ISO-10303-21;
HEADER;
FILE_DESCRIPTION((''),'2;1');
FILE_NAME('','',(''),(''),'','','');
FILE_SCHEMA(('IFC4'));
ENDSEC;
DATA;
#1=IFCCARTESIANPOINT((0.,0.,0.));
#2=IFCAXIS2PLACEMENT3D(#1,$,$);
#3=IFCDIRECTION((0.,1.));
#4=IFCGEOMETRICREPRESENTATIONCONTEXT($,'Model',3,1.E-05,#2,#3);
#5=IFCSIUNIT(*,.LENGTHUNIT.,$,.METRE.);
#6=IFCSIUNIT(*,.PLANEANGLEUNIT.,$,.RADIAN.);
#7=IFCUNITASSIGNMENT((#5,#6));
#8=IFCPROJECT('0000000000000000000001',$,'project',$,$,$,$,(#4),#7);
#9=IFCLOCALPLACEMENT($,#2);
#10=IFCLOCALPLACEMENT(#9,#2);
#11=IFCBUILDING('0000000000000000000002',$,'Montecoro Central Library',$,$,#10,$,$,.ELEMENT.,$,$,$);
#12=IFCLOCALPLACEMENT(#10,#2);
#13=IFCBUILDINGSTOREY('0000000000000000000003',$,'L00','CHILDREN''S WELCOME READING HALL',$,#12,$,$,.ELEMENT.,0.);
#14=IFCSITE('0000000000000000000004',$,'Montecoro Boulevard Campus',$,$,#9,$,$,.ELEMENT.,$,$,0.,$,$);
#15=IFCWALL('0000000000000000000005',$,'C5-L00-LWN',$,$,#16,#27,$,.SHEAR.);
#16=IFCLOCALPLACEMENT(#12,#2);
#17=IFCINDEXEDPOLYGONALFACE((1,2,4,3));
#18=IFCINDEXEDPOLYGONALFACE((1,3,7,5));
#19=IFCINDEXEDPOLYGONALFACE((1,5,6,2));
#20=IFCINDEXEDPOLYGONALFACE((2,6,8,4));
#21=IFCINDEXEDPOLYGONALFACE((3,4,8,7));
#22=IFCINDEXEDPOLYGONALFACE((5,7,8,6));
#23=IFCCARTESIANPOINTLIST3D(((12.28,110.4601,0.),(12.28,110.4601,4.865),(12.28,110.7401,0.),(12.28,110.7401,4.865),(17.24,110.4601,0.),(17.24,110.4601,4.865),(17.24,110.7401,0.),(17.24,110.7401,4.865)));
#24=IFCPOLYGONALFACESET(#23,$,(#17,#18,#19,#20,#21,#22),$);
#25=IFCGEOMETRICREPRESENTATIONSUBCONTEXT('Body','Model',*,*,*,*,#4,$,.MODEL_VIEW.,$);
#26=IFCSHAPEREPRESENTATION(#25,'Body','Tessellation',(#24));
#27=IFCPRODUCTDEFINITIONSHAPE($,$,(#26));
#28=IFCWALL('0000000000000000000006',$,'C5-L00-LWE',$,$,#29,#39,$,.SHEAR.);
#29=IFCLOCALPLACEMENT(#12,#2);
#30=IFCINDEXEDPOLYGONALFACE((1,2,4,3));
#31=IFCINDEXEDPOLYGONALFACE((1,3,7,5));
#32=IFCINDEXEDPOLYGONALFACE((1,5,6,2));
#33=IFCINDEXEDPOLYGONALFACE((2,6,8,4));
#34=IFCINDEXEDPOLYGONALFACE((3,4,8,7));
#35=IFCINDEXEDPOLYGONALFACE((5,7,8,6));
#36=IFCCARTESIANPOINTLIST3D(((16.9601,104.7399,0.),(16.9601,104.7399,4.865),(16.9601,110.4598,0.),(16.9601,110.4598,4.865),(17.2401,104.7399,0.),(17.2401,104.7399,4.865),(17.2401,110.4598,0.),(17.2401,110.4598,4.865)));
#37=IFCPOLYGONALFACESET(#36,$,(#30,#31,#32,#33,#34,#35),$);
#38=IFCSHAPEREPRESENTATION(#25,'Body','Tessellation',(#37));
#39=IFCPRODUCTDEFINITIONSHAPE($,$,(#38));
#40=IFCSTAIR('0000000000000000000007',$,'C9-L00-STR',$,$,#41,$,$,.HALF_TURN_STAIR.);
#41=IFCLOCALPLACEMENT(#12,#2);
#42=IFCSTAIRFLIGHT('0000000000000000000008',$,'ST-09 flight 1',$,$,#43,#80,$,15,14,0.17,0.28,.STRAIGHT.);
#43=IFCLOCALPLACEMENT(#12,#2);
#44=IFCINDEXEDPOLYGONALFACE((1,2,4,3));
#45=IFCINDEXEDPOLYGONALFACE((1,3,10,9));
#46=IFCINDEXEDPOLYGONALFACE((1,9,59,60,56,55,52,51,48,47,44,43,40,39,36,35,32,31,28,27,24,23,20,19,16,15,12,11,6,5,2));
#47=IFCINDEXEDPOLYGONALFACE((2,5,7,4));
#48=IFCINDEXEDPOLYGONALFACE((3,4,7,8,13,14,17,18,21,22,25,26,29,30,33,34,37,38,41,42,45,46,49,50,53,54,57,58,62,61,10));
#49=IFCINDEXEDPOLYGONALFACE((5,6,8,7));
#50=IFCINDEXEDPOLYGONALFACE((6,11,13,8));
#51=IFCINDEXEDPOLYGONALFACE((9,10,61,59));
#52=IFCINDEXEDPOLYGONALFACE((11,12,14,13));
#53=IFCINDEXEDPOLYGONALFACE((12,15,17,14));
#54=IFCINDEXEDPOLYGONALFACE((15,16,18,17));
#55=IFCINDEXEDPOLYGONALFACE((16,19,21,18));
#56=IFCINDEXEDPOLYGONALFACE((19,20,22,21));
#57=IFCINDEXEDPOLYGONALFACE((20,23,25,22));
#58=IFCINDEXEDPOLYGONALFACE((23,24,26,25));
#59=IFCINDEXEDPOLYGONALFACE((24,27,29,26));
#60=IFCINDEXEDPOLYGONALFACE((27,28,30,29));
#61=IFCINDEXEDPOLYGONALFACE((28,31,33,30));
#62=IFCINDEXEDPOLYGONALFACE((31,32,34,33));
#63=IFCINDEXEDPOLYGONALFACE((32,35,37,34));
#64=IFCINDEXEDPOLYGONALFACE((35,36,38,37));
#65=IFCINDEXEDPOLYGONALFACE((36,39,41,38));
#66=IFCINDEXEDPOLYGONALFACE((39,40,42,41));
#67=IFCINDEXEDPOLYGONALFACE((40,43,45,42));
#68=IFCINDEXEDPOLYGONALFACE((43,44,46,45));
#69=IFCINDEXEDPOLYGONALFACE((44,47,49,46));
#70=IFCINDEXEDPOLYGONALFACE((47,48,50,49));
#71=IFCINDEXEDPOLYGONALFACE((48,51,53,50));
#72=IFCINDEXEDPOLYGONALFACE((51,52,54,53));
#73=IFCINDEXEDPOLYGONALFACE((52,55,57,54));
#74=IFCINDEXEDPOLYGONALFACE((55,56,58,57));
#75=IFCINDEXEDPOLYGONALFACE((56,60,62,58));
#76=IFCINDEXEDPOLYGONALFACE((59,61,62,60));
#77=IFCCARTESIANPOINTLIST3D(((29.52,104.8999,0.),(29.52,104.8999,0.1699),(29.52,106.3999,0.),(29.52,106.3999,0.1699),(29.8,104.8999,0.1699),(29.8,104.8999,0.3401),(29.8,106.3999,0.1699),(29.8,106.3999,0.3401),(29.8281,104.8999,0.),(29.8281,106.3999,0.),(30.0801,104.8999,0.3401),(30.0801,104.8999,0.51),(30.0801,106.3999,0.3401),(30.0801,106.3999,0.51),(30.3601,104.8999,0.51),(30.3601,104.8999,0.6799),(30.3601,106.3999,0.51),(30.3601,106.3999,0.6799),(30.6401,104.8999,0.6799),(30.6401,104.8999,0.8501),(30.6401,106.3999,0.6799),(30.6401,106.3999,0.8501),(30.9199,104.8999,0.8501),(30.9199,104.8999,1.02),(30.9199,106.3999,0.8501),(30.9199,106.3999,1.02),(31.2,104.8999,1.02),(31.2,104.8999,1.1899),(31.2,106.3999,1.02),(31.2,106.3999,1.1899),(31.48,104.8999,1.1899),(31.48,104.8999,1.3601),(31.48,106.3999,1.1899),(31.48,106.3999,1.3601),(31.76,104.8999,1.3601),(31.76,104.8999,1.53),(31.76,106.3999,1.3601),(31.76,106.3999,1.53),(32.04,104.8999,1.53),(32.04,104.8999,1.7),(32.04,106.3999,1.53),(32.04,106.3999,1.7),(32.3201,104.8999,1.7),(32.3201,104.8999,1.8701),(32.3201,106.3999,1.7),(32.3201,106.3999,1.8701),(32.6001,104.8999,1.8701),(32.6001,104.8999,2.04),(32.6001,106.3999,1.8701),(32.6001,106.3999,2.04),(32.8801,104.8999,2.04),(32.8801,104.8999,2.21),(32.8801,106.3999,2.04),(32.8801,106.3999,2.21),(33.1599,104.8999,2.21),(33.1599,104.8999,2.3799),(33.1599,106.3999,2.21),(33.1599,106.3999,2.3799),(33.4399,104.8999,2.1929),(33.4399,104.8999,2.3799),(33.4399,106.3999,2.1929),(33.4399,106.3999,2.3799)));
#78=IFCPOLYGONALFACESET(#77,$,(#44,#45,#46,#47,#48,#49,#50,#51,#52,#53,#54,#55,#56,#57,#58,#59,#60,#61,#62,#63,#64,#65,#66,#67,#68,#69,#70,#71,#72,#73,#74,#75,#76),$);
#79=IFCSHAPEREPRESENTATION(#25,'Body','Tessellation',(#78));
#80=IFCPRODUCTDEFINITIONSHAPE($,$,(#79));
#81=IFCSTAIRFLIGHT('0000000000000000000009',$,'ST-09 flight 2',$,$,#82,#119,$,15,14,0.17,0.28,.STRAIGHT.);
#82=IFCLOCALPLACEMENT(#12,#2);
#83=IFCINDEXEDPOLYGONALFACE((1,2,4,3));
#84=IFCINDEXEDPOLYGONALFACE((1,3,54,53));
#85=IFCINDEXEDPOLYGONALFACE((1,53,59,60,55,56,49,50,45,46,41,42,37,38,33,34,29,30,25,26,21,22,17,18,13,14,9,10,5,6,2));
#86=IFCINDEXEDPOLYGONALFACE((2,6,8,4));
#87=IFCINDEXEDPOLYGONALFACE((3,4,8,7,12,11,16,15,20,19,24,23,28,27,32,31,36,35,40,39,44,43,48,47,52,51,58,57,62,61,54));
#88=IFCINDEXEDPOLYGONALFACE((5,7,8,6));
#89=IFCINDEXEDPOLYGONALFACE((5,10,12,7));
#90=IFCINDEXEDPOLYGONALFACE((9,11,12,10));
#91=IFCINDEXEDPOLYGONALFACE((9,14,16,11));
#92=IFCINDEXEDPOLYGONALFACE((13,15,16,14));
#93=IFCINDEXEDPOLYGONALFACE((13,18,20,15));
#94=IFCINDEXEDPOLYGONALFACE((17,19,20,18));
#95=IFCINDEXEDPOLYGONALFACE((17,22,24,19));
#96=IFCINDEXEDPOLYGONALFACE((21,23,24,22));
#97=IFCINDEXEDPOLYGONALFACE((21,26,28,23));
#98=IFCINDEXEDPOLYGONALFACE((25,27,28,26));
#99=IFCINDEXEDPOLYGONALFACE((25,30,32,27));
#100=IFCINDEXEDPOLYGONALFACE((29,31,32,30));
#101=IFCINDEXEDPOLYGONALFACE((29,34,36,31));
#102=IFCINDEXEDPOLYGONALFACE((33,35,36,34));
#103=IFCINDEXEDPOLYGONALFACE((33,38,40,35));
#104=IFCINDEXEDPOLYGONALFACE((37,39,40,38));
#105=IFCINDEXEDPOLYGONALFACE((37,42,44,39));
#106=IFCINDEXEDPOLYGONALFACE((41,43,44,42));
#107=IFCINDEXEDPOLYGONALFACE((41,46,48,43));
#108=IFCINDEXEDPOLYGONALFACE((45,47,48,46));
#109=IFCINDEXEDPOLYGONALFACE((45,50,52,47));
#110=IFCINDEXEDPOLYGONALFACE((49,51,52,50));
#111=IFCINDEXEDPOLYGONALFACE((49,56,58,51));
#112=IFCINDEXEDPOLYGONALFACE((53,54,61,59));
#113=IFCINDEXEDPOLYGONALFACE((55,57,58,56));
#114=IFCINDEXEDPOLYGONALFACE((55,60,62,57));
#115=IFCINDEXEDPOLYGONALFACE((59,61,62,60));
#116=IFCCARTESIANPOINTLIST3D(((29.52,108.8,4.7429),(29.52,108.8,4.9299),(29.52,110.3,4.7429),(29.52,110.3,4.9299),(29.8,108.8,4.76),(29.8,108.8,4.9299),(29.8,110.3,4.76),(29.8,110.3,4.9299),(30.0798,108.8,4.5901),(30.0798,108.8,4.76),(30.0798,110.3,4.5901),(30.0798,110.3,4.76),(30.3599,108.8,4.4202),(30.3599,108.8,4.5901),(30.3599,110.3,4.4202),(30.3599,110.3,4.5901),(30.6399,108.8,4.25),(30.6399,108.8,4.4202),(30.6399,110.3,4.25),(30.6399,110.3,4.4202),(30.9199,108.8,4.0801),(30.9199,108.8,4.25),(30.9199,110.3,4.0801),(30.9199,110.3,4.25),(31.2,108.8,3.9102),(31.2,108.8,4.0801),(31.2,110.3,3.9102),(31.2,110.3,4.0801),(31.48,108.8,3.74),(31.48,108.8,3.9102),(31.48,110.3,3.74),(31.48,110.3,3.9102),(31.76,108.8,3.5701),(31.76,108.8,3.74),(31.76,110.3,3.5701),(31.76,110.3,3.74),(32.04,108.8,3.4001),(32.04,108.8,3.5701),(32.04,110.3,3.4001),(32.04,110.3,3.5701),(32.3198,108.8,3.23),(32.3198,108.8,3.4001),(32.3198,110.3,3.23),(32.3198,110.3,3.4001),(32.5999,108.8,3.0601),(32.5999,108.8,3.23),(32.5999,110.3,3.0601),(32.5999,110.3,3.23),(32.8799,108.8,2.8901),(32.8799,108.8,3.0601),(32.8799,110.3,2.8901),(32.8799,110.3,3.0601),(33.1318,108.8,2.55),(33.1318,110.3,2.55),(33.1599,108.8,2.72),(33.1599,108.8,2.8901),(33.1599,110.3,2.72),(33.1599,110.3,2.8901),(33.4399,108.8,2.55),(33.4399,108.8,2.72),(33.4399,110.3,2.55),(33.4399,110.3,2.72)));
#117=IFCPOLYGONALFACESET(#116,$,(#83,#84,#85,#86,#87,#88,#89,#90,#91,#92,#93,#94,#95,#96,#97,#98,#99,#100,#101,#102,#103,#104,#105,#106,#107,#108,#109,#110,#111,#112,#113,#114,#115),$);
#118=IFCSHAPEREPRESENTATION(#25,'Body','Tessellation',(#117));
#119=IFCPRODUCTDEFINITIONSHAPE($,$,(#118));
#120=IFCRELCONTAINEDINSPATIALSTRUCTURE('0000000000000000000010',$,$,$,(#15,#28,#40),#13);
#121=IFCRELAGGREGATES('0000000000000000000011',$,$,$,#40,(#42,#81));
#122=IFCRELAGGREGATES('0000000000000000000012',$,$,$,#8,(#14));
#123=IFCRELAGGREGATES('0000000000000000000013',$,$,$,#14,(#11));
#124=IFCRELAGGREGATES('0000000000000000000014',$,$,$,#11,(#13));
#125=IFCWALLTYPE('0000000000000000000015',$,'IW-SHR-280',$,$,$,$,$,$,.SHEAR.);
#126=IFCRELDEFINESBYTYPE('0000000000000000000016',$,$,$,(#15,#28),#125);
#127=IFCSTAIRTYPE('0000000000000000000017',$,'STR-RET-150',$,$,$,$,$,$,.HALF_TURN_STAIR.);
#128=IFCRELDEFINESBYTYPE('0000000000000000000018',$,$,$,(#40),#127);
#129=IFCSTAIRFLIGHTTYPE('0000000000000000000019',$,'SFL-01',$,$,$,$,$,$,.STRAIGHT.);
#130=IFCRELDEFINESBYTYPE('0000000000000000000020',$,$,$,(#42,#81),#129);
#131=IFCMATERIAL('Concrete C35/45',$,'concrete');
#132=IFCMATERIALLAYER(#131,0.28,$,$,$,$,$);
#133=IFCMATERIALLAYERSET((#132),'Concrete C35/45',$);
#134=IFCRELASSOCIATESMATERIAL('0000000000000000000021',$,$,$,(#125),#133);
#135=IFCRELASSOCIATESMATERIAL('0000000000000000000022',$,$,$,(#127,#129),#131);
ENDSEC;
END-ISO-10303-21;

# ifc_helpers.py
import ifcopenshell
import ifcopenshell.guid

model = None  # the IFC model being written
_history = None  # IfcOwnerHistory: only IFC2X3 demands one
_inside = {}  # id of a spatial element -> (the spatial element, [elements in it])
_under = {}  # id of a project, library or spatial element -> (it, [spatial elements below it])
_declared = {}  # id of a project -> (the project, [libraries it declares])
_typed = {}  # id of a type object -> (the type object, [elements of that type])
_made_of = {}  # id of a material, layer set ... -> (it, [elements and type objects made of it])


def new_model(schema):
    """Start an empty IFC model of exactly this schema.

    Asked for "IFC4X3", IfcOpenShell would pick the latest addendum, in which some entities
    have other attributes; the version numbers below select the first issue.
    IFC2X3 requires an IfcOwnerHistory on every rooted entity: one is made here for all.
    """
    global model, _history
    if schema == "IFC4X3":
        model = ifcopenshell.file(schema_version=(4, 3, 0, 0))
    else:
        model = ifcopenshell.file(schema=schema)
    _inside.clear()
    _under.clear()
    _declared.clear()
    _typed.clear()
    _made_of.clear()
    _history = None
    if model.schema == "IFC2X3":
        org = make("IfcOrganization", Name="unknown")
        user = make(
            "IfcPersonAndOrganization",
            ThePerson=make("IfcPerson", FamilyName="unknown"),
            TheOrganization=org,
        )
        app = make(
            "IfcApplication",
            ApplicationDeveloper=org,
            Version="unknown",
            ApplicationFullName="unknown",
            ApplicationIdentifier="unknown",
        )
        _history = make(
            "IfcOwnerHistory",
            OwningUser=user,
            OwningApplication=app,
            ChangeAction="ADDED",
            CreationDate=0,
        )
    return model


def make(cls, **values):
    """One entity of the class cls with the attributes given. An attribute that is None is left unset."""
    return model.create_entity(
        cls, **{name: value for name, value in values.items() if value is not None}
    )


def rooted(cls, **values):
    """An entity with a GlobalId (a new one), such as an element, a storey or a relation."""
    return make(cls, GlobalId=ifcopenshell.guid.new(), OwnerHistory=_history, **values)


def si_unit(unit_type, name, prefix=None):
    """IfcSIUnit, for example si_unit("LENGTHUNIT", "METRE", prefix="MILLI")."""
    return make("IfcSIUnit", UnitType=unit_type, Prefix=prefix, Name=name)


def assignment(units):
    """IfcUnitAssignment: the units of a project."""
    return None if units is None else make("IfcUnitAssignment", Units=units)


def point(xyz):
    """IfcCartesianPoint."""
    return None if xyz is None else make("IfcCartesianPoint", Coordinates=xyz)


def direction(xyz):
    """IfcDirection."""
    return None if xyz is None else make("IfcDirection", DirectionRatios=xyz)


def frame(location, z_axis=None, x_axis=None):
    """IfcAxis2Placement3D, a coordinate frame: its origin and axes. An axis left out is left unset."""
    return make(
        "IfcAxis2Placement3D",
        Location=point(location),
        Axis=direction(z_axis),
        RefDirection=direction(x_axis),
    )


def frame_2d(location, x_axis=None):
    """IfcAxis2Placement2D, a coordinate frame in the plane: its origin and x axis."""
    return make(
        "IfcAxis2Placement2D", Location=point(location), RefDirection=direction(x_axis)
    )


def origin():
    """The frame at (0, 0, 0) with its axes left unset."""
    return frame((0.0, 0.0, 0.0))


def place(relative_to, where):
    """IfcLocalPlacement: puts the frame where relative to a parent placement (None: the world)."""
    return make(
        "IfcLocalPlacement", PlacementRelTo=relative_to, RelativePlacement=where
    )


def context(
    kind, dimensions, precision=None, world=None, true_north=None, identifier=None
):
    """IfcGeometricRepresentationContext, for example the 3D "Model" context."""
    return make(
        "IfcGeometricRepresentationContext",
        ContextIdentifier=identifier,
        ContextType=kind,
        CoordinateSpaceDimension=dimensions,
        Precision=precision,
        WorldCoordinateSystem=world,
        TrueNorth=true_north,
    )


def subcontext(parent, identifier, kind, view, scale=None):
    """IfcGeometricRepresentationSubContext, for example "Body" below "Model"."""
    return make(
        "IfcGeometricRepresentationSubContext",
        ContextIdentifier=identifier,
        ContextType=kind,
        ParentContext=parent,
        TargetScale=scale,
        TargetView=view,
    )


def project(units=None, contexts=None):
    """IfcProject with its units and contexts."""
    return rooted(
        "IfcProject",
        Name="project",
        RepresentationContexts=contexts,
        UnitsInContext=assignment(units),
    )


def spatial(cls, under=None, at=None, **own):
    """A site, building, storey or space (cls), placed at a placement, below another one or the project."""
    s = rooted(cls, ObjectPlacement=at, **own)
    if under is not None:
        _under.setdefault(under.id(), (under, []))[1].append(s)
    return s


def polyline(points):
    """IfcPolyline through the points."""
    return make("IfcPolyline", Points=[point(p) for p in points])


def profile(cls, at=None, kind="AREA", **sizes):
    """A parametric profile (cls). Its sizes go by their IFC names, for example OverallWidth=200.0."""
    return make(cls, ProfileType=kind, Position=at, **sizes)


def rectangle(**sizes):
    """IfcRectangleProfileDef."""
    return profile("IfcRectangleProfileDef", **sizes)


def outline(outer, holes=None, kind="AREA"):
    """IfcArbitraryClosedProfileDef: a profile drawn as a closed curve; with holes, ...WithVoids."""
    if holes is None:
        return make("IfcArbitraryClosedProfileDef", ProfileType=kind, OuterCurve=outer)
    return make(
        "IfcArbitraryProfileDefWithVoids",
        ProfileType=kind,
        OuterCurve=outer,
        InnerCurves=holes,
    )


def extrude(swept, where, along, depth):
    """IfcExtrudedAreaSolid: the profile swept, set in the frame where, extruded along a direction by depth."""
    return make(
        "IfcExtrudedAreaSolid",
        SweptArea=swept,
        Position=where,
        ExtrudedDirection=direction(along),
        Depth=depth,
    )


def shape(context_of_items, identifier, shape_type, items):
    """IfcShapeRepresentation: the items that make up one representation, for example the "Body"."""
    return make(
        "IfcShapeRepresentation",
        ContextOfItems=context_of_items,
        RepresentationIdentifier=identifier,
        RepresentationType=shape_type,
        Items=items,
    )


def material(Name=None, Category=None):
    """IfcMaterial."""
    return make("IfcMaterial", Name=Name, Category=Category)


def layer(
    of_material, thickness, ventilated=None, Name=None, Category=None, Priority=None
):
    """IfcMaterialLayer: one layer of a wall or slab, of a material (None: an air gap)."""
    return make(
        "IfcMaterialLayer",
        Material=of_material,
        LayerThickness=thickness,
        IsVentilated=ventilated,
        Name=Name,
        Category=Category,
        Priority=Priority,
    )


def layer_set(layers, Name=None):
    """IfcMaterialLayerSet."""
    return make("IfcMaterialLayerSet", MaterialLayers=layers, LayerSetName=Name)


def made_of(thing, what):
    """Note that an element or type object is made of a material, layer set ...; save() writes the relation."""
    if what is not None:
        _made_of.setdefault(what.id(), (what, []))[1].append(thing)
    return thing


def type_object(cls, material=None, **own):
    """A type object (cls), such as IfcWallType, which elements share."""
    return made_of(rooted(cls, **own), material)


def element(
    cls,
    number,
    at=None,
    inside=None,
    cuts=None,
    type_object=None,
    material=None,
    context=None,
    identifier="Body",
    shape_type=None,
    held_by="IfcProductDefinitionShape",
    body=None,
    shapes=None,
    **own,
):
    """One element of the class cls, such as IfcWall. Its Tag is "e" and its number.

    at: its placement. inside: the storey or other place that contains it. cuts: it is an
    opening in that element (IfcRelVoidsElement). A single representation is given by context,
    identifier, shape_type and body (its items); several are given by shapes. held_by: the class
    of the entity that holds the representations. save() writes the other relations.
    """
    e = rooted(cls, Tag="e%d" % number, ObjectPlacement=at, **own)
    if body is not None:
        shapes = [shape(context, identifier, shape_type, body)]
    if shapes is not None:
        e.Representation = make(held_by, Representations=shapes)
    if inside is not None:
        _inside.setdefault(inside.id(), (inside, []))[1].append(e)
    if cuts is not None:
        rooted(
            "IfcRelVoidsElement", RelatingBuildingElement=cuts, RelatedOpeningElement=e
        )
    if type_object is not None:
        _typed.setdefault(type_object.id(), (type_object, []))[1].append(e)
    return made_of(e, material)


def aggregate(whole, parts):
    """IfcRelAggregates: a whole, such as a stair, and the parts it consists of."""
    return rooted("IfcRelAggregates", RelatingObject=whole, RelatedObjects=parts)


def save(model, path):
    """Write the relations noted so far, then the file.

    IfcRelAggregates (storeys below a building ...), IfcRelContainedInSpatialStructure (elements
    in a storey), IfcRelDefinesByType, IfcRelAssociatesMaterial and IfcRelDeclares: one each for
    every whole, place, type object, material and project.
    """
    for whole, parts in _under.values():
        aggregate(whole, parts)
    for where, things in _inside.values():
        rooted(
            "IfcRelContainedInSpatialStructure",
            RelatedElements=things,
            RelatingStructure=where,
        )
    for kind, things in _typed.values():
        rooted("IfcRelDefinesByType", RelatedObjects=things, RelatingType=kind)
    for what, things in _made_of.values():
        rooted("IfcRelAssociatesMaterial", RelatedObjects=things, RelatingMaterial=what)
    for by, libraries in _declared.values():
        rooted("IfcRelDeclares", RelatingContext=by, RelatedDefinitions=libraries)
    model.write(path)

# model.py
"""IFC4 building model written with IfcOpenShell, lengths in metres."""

from ifc_helpers import new_model, si_unit, direction, frame, frame_2d, origin, place, context, subcontext, project, spatial, polyline, rectangle, outline, extrude, material, layer, layer_set, type_object, element, aggregate, save


model = new_model("IFC4")

# Units and contexts
model_context = context("Model", 3, precision=1e-05, world=origin(), true_north=direction((0.0, 1.0)))
body_context = subcontext(model_context, "Body", "Model", "MODEL_VIEW")
ifc_project = project(units=[si_unit("LENGTHUNIT", "METRE"), si_unit("PLANEANGLEUNIT", "RADIAN")], contexts=[model_context])

# Site, building, storey
site_placement = place(None, origin())
site = spatial("IfcSite", under=ifc_project, at=site_placement, Name="Montecoro Boulevard Campus", CompositionType="ELEMENT", RefElevation=0.0)
building_placement = place(site_placement, origin())
building = spatial("IfcBuilding", under=site, at=building_placement, Name="Montecoro Central Library", CompositionType="ELEMENT")
storey_placement = place(building_placement, origin())
storey = spatial("IfcBuildingStorey", under=building, at=storey_placement, Name="L00", Description="CHILDREN'S WELCOME READING HALL", CompositionType="ELEMENT", Elevation=0.0)

# Shared definitions
ifc_material_1 = material(Name="Concrete C35/45", Category="concrete")

# Walls
ifc_layer_1 = layer(ifc_material_1, 0.28)
ifc_layer_set_1 = layer_set([ifc_layer_1], Name="Concrete C35/45")
wall_type_1 = type_object("IfcWallType", Name="IW-SHR-280", PredefinedType="SHEAR", material=ifc_layer_set_1)
wall_1_placement = place(storey_placement, frame((17.24, 110.6001, 0.0), z_axis=(0.0, 0.0, 1.0), x_axis=(-1.0, 0.0, 0.0)))
element("IfcWall", 1, at=wall_1_placement, inside=storey, type_object=wall_type_1, Name="C5-L00-LWN", PredefinedType="SHEAR", context=body_context, shape_type="SweptSolid", body=[
    extrude(rectangle(XDim=4.96, YDim=0.28, at=frame_2d((2.48, 0.0))), origin(), (0.0, 0.0, 1.0), 4.865),
])
wall_2_placement = place(storey_placement, frame((17.1001, 104.74, 0.0), z_axis=(0.0, 0.0, 1.0), x_axis=(0.0, 1.0, 0.0)))
element("IfcWall", 2, at=wall_2_placement, inside=storey, type_object=wall_type_1, Name="C5-L00-LWE", PredefinedType="SHEAR", context=body_context, shape_type="SweptSolid", body=[
    extrude(rectangle(XDim=5.72, YDim=0.28, at=frame_2d((2.8599, 0.0))), origin(), (0.0, 0.0, 1.0), 4.865),
])

# Stair, stair flights
stair_type = type_object("IfcStairType", Name="STR-RET-150", PredefinedType="HALF_TURN_STAIR", material=ifc_material_1)
stair_placement = place(storey_placement, origin())
stair = element("IfcStair", 3, at=stair_placement, inside=storey, type_object=stair_type, Name="C9-L00-STR", PredefinedType="HALF_TURN_STAIR")
stair_flight_type = type_object("IfcStairFlightType", Name="SFL-01", PredefinedType="STRAIGHT", material=ifc_material_1)
stair_flight_1_placement = place(storey_placement, frame((29.52, 105.6499, 0.0), z_axis=(0.0, 0.0, 1.0), x_axis=(1.0, 0.0, 0.0)))
stair_flight_1 = element("IfcStairFlight", 4, at=stair_flight_1_placement, type_object=stair_flight_type, Name="ST-09 flight 1", NumberOfRisers=15, NumberOfTreads=14, PredefinedType="STRAIGHT", RiserHeight=0.17, TreadLength=0.28, context=body_context, shape_type="SweptSolid", body=[
    extrude(outline(polyline([(0.0, 0.0), (0.0, 0.1699), (0.28, 0.1699), (0.28, 0.3401), (0.5601, 0.3401), (0.5601, 0.51), (0.8401, 0.51), (0.8401, 0.6799), (1.1201, 0.6799), (1.1201, 0.8501), (1.3999, 0.8501), (1.3999, 1.02), (1.6799, 1.02), (1.6799, 1.1899), (1.96, 1.1899), (1.96, 1.3601), (2.24, 1.3601), (2.24, 1.53), (2.52, 1.53), (2.52, 1.7), (2.8, 1.7), (2.8, 1.8701), (3.0801, 1.8701), (3.0801, 2.04), (3.3601, 2.04), (3.3601, 2.21), (3.6399, 2.21), (3.6399, 2.3799), (3.9199, 2.3799), (3.9199, 2.55), (3.9199, 2.1929), (0.3081, 0.0), (0.0, 0.0)])), frame((0.0, 0.75, 0.0), z_axis=(0.0, -1.0, 0.0), x_axis=(1.0, 0.0, 0.0)), (0.0, 0.0, 1.0), 1.5),
])
stair_flight_2_placement = place(storey_placement, frame((33.4399, 109.55, 2.55), z_axis=(0.0, 0.0, 1.0), x_axis=(-1.0, 0.0, 0.0)))
stair_flight_2 = element("IfcStairFlight", 5, at=stair_flight_2_placement, type_object=stair_flight_type, Name="ST-09 flight 2", NumberOfRisers=15, NumberOfTreads=14, PredefinedType="STRAIGHT", RiserHeight=0.17, TreadLength=0.28, context=body_context, shape_type="SweptSolid", body=[
    extrude(outline(polyline([(0.0, 0.0), (0.0, 0.1699), (0.28, 0.1699), (0.28, 0.3401), (0.5601, 0.3401), (0.5601, 0.51), (0.8401, 0.51), (0.8401, 0.6799), (1.1201, 0.6799), (1.1201, 0.8501), (1.3999, 0.8501), (1.3999, 1.02), (1.6799, 1.02), (1.6799, 1.1899), (1.96, 1.1899), (1.96, 1.3601), (2.24, 1.3601), (2.24, 1.53), (2.52, 1.53), (2.52, 1.7), (2.8, 1.7), (2.8, 1.8701), (3.0801, 1.8701), (3.0801, 2.04), (3.3601, 2.04), (3.3601, 2.21), (3.6399, 2.21), (3.6399, 2.3799), (3.9199, 2.3799), (3.9199, 2.55), (3.9199, 2.1929), (0.3081, 0.0), (0.0, 0.0)])), frame((0.0, 0.75, 0.0), z_axis=(0.0, -1.0, 0.0), x_axis=(1.0, 0.0, 0.0)), (0.0, 0.0, 1.0), 1.5),
])
aggregate(stair, [stair_flight_1, stair_flight_2])

save(model, "model.ifc")
